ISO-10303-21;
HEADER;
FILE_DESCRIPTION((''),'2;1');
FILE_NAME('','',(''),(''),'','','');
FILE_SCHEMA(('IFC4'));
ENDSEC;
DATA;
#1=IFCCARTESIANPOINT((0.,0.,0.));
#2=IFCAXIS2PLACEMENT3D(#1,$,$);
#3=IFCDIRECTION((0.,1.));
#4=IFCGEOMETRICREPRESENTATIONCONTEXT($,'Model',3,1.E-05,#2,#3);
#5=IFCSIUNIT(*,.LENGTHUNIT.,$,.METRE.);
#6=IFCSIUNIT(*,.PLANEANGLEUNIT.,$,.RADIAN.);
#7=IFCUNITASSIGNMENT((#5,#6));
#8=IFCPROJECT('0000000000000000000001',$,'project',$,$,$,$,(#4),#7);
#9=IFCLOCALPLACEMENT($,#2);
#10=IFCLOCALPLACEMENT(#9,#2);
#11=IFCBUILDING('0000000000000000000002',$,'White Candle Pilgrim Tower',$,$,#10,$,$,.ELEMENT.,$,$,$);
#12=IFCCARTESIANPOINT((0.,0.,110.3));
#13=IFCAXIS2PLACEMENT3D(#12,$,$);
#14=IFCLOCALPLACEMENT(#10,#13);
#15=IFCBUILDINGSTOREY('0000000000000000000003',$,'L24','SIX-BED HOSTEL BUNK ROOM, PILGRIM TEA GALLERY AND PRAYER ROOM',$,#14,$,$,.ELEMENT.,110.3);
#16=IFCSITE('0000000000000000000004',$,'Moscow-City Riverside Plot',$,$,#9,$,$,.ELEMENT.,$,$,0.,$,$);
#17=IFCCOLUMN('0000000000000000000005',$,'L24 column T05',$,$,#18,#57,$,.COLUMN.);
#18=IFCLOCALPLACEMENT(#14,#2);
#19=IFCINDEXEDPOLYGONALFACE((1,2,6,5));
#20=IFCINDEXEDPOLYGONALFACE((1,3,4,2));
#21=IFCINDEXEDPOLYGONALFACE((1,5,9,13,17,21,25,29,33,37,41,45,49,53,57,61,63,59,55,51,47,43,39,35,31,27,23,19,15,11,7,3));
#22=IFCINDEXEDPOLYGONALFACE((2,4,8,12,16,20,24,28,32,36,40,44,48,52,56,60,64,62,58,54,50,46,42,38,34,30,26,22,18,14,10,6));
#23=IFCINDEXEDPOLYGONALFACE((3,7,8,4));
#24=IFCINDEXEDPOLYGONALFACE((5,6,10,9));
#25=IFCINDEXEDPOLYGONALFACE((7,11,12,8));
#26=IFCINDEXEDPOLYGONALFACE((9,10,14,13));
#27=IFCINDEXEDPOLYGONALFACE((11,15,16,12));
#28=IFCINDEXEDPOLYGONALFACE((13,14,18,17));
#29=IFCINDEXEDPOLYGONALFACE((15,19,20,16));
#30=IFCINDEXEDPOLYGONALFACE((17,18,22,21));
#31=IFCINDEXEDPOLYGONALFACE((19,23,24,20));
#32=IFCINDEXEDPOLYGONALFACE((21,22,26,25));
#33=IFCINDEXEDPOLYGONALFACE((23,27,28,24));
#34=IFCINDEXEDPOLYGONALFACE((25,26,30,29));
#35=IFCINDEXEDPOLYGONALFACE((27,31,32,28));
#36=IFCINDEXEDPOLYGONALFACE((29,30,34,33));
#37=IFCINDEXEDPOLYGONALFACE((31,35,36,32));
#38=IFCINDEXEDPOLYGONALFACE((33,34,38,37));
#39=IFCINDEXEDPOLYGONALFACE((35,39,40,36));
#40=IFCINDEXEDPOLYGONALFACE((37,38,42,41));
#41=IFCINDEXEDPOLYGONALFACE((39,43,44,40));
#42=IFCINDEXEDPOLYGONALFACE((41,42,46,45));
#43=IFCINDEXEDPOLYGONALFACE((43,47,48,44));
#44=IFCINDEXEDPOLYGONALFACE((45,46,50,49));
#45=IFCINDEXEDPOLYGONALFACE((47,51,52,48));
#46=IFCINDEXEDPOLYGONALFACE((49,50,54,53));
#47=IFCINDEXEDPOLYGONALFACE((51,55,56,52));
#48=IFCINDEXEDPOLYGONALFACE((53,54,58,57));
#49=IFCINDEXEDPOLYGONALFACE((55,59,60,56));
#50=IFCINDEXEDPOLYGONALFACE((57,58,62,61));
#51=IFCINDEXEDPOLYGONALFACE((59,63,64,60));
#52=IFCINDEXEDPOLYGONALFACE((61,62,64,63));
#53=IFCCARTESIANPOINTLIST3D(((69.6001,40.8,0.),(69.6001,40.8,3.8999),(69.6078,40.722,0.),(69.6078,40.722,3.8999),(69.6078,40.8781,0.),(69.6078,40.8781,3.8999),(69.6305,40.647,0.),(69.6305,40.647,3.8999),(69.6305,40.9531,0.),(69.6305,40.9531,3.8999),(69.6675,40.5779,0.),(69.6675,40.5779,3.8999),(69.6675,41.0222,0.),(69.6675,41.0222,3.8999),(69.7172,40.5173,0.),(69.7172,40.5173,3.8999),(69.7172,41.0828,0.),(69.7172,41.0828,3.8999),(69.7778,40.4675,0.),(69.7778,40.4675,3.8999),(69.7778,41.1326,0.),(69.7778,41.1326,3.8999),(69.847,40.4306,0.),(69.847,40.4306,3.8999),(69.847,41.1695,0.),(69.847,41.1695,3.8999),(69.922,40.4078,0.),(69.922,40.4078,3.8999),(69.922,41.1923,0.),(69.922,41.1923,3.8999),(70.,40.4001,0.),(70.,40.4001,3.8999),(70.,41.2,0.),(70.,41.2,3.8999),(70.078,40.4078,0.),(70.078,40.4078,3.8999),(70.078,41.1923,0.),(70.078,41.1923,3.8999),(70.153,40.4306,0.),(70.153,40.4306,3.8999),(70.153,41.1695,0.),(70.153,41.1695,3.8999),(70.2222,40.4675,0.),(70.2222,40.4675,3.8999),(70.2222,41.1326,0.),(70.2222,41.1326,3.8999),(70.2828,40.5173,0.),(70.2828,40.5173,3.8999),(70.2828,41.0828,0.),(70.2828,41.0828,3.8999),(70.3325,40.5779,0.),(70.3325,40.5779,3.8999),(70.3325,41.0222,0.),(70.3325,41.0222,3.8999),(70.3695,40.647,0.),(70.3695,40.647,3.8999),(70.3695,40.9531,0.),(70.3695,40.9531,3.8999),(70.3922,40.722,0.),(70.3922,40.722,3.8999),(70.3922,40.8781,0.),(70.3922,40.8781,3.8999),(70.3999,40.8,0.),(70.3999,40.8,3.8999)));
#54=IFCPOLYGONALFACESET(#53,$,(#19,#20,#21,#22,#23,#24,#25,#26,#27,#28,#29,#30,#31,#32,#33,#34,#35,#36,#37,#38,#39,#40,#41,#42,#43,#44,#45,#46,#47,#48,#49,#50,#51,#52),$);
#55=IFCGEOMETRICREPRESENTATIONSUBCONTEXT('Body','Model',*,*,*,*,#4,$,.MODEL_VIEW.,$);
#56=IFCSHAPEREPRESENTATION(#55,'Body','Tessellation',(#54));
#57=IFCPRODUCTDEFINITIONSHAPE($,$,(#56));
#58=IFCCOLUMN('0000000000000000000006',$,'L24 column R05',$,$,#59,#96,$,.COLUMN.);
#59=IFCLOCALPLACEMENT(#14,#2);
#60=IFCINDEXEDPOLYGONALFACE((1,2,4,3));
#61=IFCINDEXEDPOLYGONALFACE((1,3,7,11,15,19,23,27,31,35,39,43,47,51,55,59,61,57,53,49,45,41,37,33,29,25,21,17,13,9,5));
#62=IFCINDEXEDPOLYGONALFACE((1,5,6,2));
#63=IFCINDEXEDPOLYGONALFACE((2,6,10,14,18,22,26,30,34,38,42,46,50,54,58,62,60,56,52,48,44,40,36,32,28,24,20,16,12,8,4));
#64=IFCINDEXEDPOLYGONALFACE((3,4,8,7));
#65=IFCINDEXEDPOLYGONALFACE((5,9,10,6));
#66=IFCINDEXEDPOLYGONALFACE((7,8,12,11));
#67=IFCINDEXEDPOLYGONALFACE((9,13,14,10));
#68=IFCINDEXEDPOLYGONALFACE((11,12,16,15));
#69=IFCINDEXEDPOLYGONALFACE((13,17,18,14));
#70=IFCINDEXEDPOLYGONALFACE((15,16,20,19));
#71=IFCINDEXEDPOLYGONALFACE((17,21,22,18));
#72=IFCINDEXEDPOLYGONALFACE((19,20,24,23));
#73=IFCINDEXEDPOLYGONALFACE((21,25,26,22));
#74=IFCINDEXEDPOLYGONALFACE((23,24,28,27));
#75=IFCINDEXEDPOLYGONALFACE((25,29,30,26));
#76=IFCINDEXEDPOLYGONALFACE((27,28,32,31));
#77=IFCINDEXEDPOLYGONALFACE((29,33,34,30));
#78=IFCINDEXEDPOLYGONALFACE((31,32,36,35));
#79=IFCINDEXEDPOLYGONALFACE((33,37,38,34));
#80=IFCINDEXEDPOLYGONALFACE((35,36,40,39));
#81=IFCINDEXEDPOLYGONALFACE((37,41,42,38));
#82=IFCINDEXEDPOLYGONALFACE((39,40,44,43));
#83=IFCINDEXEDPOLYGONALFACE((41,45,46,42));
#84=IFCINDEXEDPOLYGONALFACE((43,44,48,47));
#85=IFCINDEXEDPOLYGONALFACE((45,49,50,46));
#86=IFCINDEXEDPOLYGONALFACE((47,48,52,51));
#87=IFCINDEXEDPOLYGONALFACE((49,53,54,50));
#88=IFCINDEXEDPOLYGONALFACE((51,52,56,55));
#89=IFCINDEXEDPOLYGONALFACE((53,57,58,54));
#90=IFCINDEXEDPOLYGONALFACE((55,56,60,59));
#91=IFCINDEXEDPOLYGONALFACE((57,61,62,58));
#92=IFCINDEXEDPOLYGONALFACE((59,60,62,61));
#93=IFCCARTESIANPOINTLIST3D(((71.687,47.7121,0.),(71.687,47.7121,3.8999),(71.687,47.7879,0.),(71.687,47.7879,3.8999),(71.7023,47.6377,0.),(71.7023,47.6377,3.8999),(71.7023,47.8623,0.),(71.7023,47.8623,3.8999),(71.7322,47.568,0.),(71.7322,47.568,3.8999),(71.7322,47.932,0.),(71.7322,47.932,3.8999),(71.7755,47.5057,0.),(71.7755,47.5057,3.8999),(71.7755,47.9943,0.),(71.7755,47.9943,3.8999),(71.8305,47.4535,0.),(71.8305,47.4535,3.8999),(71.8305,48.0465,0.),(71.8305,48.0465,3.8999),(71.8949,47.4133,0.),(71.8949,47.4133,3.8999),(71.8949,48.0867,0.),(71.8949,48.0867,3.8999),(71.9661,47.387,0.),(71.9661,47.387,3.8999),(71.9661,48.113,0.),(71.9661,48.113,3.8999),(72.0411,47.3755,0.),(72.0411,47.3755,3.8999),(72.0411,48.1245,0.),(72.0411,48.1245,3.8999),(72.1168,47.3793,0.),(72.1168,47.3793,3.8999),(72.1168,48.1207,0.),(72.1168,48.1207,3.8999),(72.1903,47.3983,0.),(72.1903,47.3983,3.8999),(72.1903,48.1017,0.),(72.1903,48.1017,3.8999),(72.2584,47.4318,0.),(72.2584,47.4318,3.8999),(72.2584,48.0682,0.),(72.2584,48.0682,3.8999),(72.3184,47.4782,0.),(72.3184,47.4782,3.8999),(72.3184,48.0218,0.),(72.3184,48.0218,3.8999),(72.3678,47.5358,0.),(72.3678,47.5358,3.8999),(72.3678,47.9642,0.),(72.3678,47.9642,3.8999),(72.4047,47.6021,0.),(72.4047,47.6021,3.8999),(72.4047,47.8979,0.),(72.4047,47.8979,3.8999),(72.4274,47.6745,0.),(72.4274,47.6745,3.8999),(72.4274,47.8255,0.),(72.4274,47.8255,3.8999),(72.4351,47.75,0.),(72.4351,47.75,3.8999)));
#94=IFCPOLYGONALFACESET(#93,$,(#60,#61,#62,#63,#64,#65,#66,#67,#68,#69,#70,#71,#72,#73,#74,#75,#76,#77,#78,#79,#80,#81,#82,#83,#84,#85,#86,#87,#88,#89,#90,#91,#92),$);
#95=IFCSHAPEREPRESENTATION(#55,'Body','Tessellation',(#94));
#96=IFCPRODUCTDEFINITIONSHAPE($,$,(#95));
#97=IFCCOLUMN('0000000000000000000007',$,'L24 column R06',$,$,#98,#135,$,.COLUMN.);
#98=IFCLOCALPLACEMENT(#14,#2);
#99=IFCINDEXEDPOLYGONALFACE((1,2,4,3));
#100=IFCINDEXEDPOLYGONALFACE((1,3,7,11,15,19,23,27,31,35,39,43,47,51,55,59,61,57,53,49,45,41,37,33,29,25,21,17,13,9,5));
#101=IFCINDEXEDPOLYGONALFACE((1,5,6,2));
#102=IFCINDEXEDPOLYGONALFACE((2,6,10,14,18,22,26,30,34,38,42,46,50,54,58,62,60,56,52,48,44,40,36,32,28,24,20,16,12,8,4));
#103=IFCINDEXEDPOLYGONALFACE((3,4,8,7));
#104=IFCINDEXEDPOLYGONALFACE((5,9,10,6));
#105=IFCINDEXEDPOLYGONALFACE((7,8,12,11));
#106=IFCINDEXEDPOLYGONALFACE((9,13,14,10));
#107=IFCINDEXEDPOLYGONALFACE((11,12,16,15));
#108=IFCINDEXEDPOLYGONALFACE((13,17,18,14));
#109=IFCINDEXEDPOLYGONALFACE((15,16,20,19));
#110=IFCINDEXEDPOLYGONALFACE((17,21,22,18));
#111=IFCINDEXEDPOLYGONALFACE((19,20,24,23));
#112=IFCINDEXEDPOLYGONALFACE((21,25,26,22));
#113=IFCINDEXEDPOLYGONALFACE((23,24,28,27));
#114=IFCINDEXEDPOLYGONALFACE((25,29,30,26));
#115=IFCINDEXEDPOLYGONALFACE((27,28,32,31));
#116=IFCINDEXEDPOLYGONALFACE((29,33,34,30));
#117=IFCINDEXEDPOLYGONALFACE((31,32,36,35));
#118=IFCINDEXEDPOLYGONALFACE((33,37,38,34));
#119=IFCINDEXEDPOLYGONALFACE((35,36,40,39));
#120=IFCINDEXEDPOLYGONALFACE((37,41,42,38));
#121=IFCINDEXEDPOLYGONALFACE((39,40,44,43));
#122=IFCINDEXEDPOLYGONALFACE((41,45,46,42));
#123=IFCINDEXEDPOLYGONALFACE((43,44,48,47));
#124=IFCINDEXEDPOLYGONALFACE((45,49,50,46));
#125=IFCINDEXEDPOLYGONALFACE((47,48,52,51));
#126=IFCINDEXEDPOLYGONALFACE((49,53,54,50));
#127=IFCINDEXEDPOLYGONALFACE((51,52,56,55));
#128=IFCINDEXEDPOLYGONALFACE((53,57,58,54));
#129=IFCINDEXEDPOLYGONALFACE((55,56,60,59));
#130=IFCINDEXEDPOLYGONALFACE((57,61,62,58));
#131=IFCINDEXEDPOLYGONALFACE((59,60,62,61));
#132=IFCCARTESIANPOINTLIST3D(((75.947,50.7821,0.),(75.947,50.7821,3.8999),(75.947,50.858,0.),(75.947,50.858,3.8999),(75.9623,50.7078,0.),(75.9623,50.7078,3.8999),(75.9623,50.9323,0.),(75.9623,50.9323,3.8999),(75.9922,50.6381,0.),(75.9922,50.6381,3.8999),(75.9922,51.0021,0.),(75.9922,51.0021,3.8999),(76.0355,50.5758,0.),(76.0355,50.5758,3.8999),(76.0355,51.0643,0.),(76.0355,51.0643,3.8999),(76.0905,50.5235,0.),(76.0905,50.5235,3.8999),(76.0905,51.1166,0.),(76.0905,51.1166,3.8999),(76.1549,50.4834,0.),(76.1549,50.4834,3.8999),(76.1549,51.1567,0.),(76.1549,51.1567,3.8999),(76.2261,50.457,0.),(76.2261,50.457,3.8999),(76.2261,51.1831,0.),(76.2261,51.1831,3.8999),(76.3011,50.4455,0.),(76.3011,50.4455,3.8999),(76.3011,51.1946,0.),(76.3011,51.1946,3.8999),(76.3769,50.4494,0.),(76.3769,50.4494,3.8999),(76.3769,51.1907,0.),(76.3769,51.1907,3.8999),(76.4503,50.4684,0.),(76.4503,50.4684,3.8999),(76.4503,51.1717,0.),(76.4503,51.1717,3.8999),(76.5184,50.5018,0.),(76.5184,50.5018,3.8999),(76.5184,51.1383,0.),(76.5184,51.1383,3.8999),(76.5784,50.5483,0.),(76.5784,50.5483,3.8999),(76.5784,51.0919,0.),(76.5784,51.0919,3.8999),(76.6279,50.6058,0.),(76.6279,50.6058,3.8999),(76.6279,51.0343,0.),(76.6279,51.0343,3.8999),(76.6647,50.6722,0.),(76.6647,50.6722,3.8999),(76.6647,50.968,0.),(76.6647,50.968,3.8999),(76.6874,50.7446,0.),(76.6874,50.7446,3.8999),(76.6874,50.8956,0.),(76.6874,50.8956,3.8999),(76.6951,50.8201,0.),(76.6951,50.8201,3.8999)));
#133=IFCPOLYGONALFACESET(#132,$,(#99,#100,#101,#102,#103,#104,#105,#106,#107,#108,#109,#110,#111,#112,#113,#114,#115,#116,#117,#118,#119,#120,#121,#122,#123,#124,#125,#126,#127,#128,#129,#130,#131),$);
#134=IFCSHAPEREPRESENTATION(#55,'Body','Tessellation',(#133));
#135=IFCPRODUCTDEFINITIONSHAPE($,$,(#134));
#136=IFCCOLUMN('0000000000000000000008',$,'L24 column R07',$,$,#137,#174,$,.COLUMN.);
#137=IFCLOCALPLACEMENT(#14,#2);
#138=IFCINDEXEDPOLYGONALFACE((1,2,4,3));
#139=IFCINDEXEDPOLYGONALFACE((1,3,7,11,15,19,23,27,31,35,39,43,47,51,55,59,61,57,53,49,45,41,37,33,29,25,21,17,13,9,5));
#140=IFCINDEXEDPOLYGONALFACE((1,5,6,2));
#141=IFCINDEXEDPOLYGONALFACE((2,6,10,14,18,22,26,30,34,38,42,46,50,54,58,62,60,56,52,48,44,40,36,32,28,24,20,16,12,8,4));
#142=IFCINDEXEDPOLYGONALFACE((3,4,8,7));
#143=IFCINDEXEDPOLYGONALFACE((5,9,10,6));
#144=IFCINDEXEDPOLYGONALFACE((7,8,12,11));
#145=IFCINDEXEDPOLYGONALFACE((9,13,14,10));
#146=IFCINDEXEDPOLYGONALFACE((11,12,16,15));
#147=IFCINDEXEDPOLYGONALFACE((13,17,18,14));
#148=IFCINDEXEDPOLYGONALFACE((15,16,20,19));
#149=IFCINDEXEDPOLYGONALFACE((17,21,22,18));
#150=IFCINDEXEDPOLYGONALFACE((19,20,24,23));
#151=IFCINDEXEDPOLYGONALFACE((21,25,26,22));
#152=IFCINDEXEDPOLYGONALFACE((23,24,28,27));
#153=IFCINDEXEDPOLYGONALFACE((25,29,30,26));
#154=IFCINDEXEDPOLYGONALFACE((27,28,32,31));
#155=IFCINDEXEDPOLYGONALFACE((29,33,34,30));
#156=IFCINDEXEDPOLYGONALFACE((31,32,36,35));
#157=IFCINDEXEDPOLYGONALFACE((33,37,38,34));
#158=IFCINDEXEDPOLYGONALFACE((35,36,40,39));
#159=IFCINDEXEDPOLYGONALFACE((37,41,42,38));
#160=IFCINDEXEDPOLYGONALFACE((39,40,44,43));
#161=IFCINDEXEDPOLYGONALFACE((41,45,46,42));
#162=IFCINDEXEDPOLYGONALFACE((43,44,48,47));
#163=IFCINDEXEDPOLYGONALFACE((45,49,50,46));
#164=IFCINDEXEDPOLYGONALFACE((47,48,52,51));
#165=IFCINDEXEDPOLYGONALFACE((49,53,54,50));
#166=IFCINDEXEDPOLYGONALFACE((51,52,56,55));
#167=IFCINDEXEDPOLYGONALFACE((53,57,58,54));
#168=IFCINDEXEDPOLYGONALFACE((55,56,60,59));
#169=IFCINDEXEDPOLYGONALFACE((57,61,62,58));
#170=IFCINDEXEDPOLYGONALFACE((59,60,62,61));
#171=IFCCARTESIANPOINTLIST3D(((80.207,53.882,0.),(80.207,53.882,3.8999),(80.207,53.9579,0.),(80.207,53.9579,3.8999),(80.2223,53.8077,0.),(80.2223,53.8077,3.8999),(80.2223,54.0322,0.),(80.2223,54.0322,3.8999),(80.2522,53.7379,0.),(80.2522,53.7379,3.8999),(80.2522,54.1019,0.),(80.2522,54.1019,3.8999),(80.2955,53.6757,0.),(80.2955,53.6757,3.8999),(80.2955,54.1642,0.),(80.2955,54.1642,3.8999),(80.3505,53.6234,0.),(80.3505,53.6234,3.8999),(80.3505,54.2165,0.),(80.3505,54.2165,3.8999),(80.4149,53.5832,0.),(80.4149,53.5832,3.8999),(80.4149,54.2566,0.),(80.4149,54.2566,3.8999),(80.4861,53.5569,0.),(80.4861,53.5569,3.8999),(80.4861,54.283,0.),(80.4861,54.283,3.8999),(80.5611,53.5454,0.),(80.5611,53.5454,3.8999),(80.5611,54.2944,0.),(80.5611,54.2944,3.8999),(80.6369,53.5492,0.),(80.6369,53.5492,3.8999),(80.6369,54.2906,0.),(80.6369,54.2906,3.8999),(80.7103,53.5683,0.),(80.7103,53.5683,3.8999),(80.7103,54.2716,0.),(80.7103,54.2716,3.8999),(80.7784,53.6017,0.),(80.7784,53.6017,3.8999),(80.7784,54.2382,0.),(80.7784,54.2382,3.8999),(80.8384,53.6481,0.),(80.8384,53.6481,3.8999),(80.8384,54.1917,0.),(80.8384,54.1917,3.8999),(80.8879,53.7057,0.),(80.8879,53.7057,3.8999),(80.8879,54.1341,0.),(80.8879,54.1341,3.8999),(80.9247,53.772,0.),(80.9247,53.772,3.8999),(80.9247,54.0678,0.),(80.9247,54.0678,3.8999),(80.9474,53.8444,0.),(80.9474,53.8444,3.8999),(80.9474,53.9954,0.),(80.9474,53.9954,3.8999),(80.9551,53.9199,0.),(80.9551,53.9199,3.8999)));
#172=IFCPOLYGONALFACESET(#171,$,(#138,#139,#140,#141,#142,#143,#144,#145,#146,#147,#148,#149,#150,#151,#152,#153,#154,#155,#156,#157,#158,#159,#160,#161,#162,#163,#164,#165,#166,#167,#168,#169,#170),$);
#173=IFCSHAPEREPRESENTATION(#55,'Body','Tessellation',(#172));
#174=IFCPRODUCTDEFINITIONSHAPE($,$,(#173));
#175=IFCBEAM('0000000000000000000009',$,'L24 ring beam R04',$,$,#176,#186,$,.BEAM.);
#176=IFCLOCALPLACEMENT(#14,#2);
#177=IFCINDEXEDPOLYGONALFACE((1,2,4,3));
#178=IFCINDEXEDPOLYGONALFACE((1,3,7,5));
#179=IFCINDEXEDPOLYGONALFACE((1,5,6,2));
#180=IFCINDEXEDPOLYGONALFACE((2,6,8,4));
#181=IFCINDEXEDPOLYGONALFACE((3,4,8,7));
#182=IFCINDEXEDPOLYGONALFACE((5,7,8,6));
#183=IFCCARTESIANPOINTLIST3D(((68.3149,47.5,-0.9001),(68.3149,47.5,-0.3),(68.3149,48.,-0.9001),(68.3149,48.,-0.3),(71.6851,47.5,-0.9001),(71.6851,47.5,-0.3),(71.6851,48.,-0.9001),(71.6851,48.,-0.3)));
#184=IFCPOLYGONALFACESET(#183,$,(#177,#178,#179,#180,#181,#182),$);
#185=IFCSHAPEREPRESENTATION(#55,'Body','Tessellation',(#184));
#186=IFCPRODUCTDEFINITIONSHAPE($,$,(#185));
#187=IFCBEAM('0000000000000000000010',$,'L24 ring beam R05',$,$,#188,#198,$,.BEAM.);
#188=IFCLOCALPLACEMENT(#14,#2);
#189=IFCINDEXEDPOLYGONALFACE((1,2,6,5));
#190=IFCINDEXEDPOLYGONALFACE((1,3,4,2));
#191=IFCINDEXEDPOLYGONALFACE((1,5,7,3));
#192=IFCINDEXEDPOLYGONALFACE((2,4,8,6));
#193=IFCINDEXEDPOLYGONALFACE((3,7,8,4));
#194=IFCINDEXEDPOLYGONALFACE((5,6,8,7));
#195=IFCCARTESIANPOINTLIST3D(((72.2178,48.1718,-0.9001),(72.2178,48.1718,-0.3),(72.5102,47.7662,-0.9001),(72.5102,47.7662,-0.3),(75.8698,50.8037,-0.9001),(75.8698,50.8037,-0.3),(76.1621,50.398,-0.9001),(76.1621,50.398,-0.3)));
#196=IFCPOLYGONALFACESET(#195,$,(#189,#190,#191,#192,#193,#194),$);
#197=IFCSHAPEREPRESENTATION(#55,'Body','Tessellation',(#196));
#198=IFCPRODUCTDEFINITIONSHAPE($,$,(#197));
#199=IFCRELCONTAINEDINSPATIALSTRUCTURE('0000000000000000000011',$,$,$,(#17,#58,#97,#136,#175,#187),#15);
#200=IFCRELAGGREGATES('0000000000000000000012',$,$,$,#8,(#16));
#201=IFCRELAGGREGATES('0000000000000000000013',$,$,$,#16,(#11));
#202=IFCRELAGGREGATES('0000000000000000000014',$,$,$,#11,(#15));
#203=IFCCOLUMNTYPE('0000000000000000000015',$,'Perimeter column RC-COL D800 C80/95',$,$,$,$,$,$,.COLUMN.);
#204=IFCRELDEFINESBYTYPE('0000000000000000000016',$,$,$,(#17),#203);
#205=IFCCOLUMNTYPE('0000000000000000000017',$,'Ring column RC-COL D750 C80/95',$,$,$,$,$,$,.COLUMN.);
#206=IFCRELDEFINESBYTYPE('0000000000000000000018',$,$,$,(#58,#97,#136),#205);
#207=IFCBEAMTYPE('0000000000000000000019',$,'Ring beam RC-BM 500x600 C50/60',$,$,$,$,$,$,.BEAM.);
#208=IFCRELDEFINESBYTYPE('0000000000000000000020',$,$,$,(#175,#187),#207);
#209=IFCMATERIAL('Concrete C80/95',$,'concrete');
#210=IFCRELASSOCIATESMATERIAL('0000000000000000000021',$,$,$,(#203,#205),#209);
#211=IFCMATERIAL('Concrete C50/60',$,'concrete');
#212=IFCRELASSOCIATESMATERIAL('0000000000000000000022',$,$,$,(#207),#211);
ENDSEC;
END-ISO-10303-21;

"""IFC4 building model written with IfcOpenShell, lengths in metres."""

from ifc_helpers import new_model, si_unit, direction, frame, origin, origin_2d, place, context, subcontext, project, spatial, rectangle, circle, extrude, material, material_profile, profile_set, type_object, element, save


model = new_model("IFC4")

# Units and contexts
model_context = context("Model", 3, precision=1e-05, world=origin(), true_north=direction((0.0, 1.0)))
body_context = subcontext(model_context, "Body", "Model", "MODEL_VIEW")
ifc_project = project(units=[si_unit("LENGTHUNIT", "METRE"), si_unit("PLANEANGLEUNIT", "RADIAN")], contexts=[model_context])

# Site, building, storey
site_placement = place(None, origin())
site = spatial("IfcSite", under=ifc_project, at=site_placement, Name="Moscow-City Riverside Plot", CompositionType="ELEMENT", RefElevation=0.0)
building_placement = place(site_placement, origin())
building = spatial("IfcBuilding", under=site, at=building_placement, Name="White Candle Pilgrim Tower", CompositionType="ELEMENT")
storey_placement = place(building_placement, frame((0.0, 0.0, 110.3)))
storey = spatial("IfcBuildingStorey", under=building, at=storey_placement, Name="L24", Description="SIX-BED HOSTEL BUNK ROOM, PILGRIM TEA GALLERY AND PRAYER ROOM", CompositionType="ELEMENT", Elevation=110.3)

# Columns
ifc_material_1 = material(Name="Concrete C80/95", Category="concrete")
ifc_material_profile_1 = material_profile(ifc_material_1, circle(Radius=0.3999, at=origin_2d()), Name="RC-COL D800")
ifc_profile_set_1 = profile_set([ifc_material_profile_1], Name="Concrete C80/95")
column_type_1 = type_object("IfcColumnType", Name="Perimeter column RC-COL D800 C80/95", PredefinedType="COLUMN", material=ifc_profile_set_1)
column_placement = place(storey_placement, frame((70.0, 40.8, 0.0), z_axis=(0.0, 0.0, 1.0), x_axis=(1.0, 0.0, 0.0)))
element("IfcColumn", 1, at=column_placement, inside=storey, type_object=column_type_1, Name="L24 column T05", PredefinedType="COLUMN", context=body_context, shape_type="SweptSolid", body=[
    extrude(circle(Radius=0.3999, at=origin_2d()), origin(), (0.0, 0.0, 1.0), 3.8999),
])
ifc_material_profile_2 = material_profile(ifc_material_1, circle(Radius=0.375, at=origin_2d()), Name="RC-COL D750")
ifc_profile_set_2 = profile_set([ifc_material_profile_2], Name="Concrete C80/95")
column_type_2 = type_object("IfcColumnType", Name="Ring column RC-COL D750 C80/95", PredefinedType="COLUMN", material=ifc_profile_set_2)
for number, where, z_axis, x_axis, name in (
    (2, (72.0601, 47.75, 0.0), (0.0, 0.0, 1.0), (1.0, 0.0, 0.0), "L24 column R05"),
    (3, (76.3201, 50.8201, 0.0), (0.0, 0.0, 1.0), (1.0, 0.0, 0.0), "L24 column R06"),
    (4, (80.5801, 53.9199, 0.0), (0.0, 0.0, 1.0), (1.0, 0.0, 0.0), "L24 column R07"),
):
    element("IfcColumn", number, at=place(storey_placement, frame(where, z_axis=z_axis, x_axis=x_axis)), inside=storey, type_object=column_type_2, Name=name, PredefinedType="COLUMN", context=body_context, shape_type="SweptSolid", body=[
        extrude(circle(Radius=0.375, at=origin_2d()), origin(), (0.0, 0.0, 1.0), 3.8999),
    ])

# Beams
ifc_material_2 = material(Name="Concrete C50/60", Category="concrete")
ifc_material_profile_3 = material_profile(ifc_material_2, rectangle(XDim=0.5, YDim=0.6001, at=origin_2d()), Name="RC-BM 500x600")
ifc_profile_set_3 = profile_set([ifc_material_profile_3], Name="Concrete C50/60")
beam_type = type_object("IfcBeamType", Name="Ring beam RC-BM 500x600 C50/60", PredefinedType="BEAM", material=ifc_profile_set_3)
beam_1_placement = place(storey_placement, frame((68.3149, 47.75, -0.6001), z_axis=(1.0, 0.0, 0.0), x_axis=(0.0, 1.0, 0.0)))
element("IfcBeam", 5, at=beam_1_placement, inside=storey, type_object=beam_type, Name="L24 ring beam R04", PredefinedType="BEAM", context=body_context, shape_type="SweptSolid", body=[
    extrude(rectangle(XDim=0.5, YDim=0.6001, at=origin_2d()), origin(), (0.0, 0.0, 1.0), 3.3701),
])
beam_2_placement = place(storey_placement, frame((72.364, 47.969, -0.6001), z_axis=(0.811271, 0.58467, 0.0), x_axis=(-0.58467, 0.811271, 0.0)))
element("IfcBeam", 6, at=beam_2_placement, inside=storey, type_object=beam_type, Name="L24 ring beam R05", PredefinedType="BEAM", context=body_context, shape_type="SweptSolid", body=[
    extrude(rectangle(XDim=0.5, YDim=0.6001, at=origin_2d()), origin(), (0.0, 0.0, 1.0), 4.5015),
])

save(model, "model.ifc")
